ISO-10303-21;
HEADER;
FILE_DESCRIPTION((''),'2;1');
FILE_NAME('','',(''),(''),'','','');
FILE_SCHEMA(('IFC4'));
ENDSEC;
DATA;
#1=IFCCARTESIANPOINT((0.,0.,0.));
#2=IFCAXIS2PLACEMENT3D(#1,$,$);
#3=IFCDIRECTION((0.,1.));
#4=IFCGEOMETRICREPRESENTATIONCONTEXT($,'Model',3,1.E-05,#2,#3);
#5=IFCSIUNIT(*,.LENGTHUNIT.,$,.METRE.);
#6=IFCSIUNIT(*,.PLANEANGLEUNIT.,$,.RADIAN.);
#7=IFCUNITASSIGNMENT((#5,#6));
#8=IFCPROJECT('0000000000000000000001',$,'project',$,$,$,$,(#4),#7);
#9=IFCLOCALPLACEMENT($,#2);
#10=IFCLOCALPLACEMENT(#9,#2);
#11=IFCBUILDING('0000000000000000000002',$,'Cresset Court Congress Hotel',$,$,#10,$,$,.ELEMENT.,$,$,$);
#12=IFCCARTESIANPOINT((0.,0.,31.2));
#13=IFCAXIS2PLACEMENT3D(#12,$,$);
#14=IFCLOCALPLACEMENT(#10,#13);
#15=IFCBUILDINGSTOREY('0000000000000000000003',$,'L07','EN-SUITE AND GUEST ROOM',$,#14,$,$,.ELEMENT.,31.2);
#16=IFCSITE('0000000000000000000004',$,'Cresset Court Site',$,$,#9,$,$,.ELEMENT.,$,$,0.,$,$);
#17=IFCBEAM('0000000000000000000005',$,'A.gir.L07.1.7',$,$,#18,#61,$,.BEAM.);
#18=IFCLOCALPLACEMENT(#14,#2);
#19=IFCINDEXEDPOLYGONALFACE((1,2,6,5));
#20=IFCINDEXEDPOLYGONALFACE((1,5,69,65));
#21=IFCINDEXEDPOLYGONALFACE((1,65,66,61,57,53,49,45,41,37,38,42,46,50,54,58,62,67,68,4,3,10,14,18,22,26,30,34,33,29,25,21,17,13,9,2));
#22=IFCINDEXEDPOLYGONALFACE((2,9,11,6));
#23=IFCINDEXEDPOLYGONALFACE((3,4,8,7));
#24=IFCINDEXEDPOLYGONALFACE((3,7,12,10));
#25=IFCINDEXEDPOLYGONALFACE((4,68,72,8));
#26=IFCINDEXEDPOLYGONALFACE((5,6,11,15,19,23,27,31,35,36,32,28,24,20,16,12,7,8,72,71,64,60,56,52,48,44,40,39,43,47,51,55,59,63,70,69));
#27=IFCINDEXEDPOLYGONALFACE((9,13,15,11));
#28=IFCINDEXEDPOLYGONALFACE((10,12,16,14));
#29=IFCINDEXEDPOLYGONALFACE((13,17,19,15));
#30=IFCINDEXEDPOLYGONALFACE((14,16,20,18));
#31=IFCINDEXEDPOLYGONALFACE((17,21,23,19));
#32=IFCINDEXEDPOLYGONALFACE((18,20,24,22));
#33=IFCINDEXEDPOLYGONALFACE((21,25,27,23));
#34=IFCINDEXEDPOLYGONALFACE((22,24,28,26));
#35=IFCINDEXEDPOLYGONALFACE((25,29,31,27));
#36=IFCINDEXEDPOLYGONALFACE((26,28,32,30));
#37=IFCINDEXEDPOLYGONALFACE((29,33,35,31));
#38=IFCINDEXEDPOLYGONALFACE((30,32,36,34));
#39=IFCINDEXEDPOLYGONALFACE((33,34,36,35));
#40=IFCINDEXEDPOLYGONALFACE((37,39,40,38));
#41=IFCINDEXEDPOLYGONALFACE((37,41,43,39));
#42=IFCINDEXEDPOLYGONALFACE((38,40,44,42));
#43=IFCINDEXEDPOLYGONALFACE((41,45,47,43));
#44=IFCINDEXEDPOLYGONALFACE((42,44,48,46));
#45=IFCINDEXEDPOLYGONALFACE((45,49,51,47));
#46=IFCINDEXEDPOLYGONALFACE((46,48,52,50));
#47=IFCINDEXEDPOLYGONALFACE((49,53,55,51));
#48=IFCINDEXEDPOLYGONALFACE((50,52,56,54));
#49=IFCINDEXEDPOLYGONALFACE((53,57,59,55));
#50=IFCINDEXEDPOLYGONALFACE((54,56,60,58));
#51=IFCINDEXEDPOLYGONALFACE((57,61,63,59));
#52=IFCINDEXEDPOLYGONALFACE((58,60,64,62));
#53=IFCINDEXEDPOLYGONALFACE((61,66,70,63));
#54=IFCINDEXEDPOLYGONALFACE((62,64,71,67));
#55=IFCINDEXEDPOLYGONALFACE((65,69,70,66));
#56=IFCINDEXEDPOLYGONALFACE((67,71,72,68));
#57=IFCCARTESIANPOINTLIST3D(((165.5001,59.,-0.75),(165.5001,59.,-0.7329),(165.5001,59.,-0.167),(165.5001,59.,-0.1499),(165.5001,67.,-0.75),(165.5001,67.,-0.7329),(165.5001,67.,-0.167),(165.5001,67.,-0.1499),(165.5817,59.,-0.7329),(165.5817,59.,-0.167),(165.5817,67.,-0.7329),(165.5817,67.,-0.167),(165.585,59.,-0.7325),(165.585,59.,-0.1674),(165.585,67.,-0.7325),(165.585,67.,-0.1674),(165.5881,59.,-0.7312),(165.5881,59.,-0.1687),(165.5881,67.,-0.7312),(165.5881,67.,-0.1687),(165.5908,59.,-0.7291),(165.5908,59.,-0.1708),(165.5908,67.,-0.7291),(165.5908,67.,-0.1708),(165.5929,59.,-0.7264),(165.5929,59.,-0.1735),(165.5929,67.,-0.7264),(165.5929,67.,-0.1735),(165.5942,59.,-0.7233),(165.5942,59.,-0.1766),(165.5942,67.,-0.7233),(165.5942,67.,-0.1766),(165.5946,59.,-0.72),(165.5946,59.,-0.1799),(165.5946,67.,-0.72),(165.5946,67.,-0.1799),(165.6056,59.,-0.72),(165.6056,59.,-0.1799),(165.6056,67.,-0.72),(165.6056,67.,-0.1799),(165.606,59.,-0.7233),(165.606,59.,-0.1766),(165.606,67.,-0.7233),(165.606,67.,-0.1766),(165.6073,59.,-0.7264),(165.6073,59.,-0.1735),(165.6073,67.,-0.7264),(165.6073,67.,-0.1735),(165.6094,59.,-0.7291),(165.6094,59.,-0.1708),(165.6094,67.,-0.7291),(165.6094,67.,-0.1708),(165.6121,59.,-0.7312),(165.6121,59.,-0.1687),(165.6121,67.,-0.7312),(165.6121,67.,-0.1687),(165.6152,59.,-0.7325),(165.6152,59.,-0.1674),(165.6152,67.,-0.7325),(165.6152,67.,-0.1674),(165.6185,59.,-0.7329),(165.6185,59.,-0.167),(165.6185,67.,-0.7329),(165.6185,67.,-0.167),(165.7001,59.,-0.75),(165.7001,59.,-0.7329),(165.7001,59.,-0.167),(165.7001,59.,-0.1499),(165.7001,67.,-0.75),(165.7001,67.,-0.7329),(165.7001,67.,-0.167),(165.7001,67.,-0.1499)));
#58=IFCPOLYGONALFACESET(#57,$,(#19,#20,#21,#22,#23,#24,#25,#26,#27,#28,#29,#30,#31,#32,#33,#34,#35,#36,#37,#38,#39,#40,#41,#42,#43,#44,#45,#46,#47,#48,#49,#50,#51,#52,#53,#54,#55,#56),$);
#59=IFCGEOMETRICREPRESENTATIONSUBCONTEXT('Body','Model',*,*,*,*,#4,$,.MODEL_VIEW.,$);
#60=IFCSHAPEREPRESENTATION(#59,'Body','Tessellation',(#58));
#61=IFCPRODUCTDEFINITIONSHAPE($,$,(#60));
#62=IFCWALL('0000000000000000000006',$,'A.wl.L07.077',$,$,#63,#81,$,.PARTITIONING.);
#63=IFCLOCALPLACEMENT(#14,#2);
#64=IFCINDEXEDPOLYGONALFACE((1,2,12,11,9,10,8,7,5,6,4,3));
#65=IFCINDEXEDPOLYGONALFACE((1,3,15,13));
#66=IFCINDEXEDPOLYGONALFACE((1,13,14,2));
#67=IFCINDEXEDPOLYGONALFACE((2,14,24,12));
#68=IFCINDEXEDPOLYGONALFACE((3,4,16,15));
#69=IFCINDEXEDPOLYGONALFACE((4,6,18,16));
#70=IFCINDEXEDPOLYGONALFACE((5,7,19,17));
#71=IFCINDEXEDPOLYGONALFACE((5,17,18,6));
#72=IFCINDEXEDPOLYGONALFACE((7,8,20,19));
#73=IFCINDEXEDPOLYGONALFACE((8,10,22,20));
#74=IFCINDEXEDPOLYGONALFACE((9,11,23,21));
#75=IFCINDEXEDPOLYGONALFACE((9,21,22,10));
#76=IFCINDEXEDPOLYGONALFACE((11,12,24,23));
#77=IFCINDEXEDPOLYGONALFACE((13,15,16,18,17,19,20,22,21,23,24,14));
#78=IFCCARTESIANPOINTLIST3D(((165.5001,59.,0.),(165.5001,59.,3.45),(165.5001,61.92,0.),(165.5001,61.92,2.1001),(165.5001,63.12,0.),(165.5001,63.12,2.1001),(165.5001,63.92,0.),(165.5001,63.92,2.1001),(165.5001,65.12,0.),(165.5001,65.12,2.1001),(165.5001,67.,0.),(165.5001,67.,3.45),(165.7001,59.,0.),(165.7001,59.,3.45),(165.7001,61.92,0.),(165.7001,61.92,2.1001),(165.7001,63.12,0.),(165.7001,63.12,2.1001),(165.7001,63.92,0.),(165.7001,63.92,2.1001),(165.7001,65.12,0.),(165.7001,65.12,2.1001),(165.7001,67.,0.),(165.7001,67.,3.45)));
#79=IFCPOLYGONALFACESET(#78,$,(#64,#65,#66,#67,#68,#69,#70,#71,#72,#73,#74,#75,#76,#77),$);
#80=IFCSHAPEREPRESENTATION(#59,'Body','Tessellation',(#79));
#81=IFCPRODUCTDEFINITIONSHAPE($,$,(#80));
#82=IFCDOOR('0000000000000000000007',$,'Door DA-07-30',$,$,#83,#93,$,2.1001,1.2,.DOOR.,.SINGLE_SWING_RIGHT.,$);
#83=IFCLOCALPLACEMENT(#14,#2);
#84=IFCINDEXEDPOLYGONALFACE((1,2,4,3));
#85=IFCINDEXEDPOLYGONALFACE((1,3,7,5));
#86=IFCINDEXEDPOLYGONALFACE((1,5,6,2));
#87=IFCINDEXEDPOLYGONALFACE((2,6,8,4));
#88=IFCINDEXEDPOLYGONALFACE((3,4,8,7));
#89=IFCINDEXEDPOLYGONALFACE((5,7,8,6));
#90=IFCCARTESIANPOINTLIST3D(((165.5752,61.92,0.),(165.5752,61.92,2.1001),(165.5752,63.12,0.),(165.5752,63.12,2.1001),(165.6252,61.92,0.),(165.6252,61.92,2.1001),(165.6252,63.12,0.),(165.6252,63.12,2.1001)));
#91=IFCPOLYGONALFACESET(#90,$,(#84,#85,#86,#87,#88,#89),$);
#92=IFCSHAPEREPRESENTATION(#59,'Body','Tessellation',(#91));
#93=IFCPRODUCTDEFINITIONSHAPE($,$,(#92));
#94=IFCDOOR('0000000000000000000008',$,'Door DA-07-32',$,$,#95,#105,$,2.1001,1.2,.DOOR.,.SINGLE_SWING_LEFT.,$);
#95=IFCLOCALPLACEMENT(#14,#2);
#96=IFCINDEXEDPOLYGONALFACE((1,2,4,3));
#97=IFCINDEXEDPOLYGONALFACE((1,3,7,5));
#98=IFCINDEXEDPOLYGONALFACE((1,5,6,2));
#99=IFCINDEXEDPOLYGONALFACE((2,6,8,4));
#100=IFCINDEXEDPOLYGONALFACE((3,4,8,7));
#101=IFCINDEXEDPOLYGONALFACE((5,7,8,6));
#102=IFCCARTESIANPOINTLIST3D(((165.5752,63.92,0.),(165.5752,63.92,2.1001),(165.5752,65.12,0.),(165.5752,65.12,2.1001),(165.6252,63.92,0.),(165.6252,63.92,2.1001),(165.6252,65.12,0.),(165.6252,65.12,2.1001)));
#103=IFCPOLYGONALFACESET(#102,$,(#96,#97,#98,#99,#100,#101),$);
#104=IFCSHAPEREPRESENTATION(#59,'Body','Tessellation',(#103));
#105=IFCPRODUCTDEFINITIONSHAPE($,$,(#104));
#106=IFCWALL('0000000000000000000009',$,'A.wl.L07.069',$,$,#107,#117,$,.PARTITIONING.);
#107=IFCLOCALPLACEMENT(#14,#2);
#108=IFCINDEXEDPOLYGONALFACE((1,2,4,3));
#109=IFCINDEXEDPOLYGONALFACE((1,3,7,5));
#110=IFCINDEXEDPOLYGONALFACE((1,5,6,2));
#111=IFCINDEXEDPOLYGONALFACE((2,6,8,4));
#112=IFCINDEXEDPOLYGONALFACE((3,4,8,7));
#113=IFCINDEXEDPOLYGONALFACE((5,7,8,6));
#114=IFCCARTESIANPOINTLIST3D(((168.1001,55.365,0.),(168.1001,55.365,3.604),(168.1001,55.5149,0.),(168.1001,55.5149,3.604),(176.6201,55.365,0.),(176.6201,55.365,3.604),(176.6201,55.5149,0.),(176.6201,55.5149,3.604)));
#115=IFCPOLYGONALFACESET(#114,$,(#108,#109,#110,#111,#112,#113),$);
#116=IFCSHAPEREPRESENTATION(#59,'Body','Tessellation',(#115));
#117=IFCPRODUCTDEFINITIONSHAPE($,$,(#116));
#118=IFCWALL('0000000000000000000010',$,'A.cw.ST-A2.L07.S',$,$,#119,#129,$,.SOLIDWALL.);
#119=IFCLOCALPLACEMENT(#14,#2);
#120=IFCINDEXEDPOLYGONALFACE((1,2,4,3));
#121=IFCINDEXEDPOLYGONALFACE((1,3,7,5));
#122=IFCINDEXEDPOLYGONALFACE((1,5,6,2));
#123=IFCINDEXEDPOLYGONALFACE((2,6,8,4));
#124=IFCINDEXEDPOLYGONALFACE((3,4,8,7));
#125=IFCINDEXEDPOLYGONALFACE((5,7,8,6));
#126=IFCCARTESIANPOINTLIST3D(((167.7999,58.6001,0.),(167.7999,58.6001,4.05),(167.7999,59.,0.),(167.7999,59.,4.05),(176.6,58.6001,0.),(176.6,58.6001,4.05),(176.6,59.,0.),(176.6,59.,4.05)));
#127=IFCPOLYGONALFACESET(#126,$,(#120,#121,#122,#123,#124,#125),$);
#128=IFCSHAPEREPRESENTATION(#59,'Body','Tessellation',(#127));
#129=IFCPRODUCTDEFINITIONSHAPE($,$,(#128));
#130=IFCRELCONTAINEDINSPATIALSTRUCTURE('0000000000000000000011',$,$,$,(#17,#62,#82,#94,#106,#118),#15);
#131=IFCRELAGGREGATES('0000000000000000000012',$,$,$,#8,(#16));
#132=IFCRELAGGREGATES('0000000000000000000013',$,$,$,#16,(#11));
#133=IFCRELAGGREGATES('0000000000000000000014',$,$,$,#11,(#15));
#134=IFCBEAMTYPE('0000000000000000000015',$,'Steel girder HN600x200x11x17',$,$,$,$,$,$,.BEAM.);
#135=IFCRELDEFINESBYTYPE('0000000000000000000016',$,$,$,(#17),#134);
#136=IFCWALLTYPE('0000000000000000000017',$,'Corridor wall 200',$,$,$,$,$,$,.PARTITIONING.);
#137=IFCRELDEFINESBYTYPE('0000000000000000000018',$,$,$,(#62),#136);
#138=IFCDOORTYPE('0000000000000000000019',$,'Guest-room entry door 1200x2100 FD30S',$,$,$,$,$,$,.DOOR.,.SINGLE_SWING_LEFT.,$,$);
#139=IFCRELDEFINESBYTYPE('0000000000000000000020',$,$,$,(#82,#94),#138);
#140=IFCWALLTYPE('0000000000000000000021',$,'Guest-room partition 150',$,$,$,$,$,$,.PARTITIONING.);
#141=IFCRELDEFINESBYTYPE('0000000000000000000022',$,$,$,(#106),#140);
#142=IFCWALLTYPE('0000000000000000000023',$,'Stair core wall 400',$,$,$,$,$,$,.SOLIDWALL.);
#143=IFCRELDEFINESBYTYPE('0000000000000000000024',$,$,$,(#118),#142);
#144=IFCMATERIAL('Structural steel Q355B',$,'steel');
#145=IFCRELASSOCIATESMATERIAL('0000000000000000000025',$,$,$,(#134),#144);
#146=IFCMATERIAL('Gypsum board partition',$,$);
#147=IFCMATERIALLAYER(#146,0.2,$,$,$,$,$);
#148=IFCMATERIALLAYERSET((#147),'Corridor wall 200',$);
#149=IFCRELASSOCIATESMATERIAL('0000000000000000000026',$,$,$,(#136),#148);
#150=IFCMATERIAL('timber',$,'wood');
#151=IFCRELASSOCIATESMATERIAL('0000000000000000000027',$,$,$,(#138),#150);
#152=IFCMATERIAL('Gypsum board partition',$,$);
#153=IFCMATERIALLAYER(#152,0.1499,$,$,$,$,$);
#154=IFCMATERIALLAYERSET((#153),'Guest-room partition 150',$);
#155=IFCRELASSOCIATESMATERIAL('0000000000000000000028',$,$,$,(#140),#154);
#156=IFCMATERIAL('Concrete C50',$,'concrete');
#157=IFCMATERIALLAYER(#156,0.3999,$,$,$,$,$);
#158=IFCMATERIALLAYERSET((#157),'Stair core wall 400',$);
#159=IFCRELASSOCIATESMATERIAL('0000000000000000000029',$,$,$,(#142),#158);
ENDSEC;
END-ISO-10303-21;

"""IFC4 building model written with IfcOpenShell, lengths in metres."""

from ifc_helpers import new_model, si_unit, direction, frame, frame_2d, origin, origin_2d, place, context, subcontext, project, spatial, rectangle, i_section, extrude, material, layer, layer_set, material_profile, profile_set, type_object, element, fill, save


model = new_model("IFC4")

# Units and contexts
model_context = context("Model", 3, precision=1e-05, world=origin(), true_north=direction((0.0, 1.0)))
body_context = subcontext(model_context, "Body", "Model", "MODEL_VIEW")
ifc_project = project(units=[si_unit("LENGTHUNIT", "METRE"), si_unit("PLANEANGLEUNIT", "RADIAN")], contexts=[model_context])

# Site, building, storey
site_placement = place(None, origin())
site = spatial("IfcSite", under=ifc_project, at=site_placement, Name="Cresset Court Site", CompositionType="ELEMENT", RefElevation=0.0)
building_placement = place(site_placement, origin())
building = spatial("IfcBuilding", under=site, at=building_placement, Name="Cresset Court Congress Hotel", CompositionType="ELEMENT")
storey_placement = place(building_placement, frame((0.0, 0.0, 31.2)))
storey = spatial("IfcBuildingStorey", under=building, at=storey_placement, Name="L07", Description="EN-SUITE AND GUEST ROOM", CompositionType="ELEMENT", Elevation=31.2)

# Beam
ifc_material_1 = material(Name="Structural steel Q355B", Category="steel")
ifc_material_profile_1 = material_profile(ifc_material_1, i_section(OverallWidth=0.2, OverallDepth=0.6001, WebThickness=0.011, FlangeThickness=0.0171, FilletRadius=0.0129, at=origin_2d()), Name="HN600x200x11x17")
ifc_profile_set_1 = profile_set([ifc_material_profile_1], Name="Structural steel Q355B")
beam_type_1 = type_object("IfcBeamType", Name="Steel girder HN600x200x11x17", PredefinedType="BEAM", material=ifc_profile_set_1)
beam_1_placement = place(storey_placement, frame((165.6001, 59.0, -0.45), z_axis=(0.0, 1.0, 0.0), x_axis=(-1.0, 0.0, 0.0)))
element("IfcBeam", 1, at=beam_1_placement, inside=storey, type_object=beam_type_1, Name="A.gir.L07.1.7", PredefinedType="BEAM", context=body_context, shape_type="SweptSolid", body=[
    extrude(i_section(OverallWidth=0.2, OverallDepth=0.6001, WebThickness=0.011, FlangeThickness=0.0171, FilletRadius=0.0129, at=origin_2d()), origin(), (0.0, 0.0, 1.0), 8.0),
])

# Wall, openings, doors
ifc_material_2 = material(Name="Gypsum board partition")
ifc_layer_1 = layer(ifc_material_2, 0.2)
ifc_layer_set_1 = layer_set([ifc_layer_1], Name="Corridor wall 200")
wall_type_1 = type_object("IfcWallType", Name="Corridor wall 200", PredefinedType="PARTITIONING", material=ifc_layer_set_1)
wall_1_placement = place(storey_placement, frame((165.6001, 59.0, 0.0), z_axis=(0.0, 0.0, 1.0), x_axis=(0.0, 1.0, 0.0)))
wall_1 = element("IfcWall", 2, at=wall_1_placement, inside=storey, type_object=wall_type_1, Name="A.wl.L07.077", PredefinedType="PARTITIONING", context=body_context, shape_type="SweptSolid", body=[
    extrude(rectangle(XDim=8.0, YDim=0.2, at=frame_2d((4.0, 0.0))), origin(), (0.0, 0.0, 1.0), 3.45),
])
opening_1_placement = place(wall_1_placement, frame((2.9199, 0.0, 0.0)))
opening_1 = element("IfcOpeningElement", 3, at=opening_1_placement, cuts=wall_1, PredefinedType="OPENING", context=body_context, shape_type="SweptSolid", body=[
    extrude(rectangle(XDim=1.2, YDim=2.1001, at=frame_2d((0.6001, 1.05))), frame((0.0, 0.1099, 0.0), z_axis=(0.0, -1.0, 0.0), x_axis=(1.0, 0.0, 0.0)), (0.0, 0.0, 1.0), 0.22),
])
opening_2_placement = place(wall_1_placement, frame((4.9199, 0.0, 0.0)))
opening_2 = element("IfcOpeningElement", 4, at=opening_2_placement, cuts=wall_1, PredefinedType="OPENING", context=body_context, shape_type="SweptSolid", body=[
    extrude(rectangle(XDim=1.2, YDim=2.1001, at=frame_2d((0.6001, 1.05))), frame((0.0, 0.1099, 0.0), z_axis=(0.0, -1.0, 0.0), x_axis=(1.0, 0.0, 0.0)), (0.0, 0.0, 1.0), 0.22),
])
ifc_material_3 = material(Name="timber", Category="wood")
door_type_1 = type_object("IfcDoorType", Name="Guest-room entry door 1200x2100 FD30S", OperationType="SINGLE_SWING_LEFT", PredefinedType="DOOR", material=ifc_material_3)
door_1_placement = place(opening_1_placement, origin())
door_1 = element("IfcDoor", 5, at=door_1_placement, inside=storey, type_object=door_type_1, Name="Door DA-07-30", OperationType="SINGLE_SWING_RIGHT", OverallHeight=2.1001, OverallWidth=1.2, PredefinedType="DOOR", context=body_context, shape_type="SweptSolid", body=[
    extrude(rectangle(XDim=1.2, YDim=2.1001, at=frame_2d((0.6001, 1.05))), frame((0.0, 0.0249, 0.0), z_axis=(0.0, -1.0, 0.0), x_axis=(1.0, 0.0, 0.0)), (0.0, 0.0, 1.0), 0.05),
])
fill(opening_1, door_1)
door_2_placement = place(opening_2_placement, origin())
door_2 = element("IfcDoor", 6, at=door_2_placement, inside=storey, type_object=door_type_1, Name="Door DA-07-32", OperationType="SINGLE_SWING_LEFT", OverallHeight=2.1001, OverallWidth=1.2, PredefinedType="DOOR", context=body_context, shape_type="SweptSolid", body=[
    extrude(rectangle(XDim=1.2, YDim=2.1001, at=frame_2d((0.6001, 1.05))), frame((0.0, 0.0249, 0.0), z_axis=(0.0, -1.0, 0.0), x_axis=(1.0, 0.0, 0.0)), (0.0, 0.0, 1.0), 0.05),
])
fill(opening_2, door_2)

# Walls
ifc_material_4 = material(Name="Gypsum board partition")
ifc_layer_2 = layer(ifc_material_4, 0.1499)
ifc_layer_set_2 = layer_set([ifc_layer_2], Name="Guest-room partition 150")
wall_type_2 = type_object("IfcWallType", Name="Guest-room partition 150", PredefinedType="PARTITIONING", material=ifc_layer_set_2)
wall_2_placement = place(storey_placement, frame((168.1001, 55.4399, 0.0), z_axis=(0.0, 0.0, 1.0), x_axis=(1.0, 0.0, 0.0)))
element("IfcWall", 7, at=wall_2_placement, inside=storey, type_object=wall_type_2, Name="A.wl.L07.069", PredefinedType="PARTITIONING", context=body_context, shape_type="SweptSolid", body=[
    extrude(rectangle(XDim=8.52, YDim=0.1499, at=frame_2d((4.26, 0.0))), origin(), (0.0, 0.0, 1.0), 3.604),
])
ifc_material_5 = material(Name="Concrete C50", Category="concrete")
ifc_layer_3 = layer(ifc_material_5, 0.3999)
ifc_layer_set_3 = layer_set([ifc_layer_3], Name="Stair core wall 400")
wall_type_3 = type_object("IfcWallType", Name="Stair core wall 400", PredefinedType="SOLIDWALL", material=ifc_layer_set_3)
wall_3_placement = place(storey_placement, frame((167.8, 58.8, 0.0), z_axis=(0.0, 0.0, 1.0), x_axis=(1.0, 0.0, 0.0)))
element("IfcWall", 8, at=wall_3_placement, inside=storey, type_object=wall_type_3, Name="A.cw.ST-A2.L07.S", PredefinedType="SOLIDWALL", context=body_context, shape_type="SweptSolid", body=[
    extrude(rectangle(XDim=8.8, YDim=0.3999, at=frame_2d((4.3999, 0.0))), origin(), (0.0, 0.0, 1.0), 4.05),
])

save(model, "model.ifc")
